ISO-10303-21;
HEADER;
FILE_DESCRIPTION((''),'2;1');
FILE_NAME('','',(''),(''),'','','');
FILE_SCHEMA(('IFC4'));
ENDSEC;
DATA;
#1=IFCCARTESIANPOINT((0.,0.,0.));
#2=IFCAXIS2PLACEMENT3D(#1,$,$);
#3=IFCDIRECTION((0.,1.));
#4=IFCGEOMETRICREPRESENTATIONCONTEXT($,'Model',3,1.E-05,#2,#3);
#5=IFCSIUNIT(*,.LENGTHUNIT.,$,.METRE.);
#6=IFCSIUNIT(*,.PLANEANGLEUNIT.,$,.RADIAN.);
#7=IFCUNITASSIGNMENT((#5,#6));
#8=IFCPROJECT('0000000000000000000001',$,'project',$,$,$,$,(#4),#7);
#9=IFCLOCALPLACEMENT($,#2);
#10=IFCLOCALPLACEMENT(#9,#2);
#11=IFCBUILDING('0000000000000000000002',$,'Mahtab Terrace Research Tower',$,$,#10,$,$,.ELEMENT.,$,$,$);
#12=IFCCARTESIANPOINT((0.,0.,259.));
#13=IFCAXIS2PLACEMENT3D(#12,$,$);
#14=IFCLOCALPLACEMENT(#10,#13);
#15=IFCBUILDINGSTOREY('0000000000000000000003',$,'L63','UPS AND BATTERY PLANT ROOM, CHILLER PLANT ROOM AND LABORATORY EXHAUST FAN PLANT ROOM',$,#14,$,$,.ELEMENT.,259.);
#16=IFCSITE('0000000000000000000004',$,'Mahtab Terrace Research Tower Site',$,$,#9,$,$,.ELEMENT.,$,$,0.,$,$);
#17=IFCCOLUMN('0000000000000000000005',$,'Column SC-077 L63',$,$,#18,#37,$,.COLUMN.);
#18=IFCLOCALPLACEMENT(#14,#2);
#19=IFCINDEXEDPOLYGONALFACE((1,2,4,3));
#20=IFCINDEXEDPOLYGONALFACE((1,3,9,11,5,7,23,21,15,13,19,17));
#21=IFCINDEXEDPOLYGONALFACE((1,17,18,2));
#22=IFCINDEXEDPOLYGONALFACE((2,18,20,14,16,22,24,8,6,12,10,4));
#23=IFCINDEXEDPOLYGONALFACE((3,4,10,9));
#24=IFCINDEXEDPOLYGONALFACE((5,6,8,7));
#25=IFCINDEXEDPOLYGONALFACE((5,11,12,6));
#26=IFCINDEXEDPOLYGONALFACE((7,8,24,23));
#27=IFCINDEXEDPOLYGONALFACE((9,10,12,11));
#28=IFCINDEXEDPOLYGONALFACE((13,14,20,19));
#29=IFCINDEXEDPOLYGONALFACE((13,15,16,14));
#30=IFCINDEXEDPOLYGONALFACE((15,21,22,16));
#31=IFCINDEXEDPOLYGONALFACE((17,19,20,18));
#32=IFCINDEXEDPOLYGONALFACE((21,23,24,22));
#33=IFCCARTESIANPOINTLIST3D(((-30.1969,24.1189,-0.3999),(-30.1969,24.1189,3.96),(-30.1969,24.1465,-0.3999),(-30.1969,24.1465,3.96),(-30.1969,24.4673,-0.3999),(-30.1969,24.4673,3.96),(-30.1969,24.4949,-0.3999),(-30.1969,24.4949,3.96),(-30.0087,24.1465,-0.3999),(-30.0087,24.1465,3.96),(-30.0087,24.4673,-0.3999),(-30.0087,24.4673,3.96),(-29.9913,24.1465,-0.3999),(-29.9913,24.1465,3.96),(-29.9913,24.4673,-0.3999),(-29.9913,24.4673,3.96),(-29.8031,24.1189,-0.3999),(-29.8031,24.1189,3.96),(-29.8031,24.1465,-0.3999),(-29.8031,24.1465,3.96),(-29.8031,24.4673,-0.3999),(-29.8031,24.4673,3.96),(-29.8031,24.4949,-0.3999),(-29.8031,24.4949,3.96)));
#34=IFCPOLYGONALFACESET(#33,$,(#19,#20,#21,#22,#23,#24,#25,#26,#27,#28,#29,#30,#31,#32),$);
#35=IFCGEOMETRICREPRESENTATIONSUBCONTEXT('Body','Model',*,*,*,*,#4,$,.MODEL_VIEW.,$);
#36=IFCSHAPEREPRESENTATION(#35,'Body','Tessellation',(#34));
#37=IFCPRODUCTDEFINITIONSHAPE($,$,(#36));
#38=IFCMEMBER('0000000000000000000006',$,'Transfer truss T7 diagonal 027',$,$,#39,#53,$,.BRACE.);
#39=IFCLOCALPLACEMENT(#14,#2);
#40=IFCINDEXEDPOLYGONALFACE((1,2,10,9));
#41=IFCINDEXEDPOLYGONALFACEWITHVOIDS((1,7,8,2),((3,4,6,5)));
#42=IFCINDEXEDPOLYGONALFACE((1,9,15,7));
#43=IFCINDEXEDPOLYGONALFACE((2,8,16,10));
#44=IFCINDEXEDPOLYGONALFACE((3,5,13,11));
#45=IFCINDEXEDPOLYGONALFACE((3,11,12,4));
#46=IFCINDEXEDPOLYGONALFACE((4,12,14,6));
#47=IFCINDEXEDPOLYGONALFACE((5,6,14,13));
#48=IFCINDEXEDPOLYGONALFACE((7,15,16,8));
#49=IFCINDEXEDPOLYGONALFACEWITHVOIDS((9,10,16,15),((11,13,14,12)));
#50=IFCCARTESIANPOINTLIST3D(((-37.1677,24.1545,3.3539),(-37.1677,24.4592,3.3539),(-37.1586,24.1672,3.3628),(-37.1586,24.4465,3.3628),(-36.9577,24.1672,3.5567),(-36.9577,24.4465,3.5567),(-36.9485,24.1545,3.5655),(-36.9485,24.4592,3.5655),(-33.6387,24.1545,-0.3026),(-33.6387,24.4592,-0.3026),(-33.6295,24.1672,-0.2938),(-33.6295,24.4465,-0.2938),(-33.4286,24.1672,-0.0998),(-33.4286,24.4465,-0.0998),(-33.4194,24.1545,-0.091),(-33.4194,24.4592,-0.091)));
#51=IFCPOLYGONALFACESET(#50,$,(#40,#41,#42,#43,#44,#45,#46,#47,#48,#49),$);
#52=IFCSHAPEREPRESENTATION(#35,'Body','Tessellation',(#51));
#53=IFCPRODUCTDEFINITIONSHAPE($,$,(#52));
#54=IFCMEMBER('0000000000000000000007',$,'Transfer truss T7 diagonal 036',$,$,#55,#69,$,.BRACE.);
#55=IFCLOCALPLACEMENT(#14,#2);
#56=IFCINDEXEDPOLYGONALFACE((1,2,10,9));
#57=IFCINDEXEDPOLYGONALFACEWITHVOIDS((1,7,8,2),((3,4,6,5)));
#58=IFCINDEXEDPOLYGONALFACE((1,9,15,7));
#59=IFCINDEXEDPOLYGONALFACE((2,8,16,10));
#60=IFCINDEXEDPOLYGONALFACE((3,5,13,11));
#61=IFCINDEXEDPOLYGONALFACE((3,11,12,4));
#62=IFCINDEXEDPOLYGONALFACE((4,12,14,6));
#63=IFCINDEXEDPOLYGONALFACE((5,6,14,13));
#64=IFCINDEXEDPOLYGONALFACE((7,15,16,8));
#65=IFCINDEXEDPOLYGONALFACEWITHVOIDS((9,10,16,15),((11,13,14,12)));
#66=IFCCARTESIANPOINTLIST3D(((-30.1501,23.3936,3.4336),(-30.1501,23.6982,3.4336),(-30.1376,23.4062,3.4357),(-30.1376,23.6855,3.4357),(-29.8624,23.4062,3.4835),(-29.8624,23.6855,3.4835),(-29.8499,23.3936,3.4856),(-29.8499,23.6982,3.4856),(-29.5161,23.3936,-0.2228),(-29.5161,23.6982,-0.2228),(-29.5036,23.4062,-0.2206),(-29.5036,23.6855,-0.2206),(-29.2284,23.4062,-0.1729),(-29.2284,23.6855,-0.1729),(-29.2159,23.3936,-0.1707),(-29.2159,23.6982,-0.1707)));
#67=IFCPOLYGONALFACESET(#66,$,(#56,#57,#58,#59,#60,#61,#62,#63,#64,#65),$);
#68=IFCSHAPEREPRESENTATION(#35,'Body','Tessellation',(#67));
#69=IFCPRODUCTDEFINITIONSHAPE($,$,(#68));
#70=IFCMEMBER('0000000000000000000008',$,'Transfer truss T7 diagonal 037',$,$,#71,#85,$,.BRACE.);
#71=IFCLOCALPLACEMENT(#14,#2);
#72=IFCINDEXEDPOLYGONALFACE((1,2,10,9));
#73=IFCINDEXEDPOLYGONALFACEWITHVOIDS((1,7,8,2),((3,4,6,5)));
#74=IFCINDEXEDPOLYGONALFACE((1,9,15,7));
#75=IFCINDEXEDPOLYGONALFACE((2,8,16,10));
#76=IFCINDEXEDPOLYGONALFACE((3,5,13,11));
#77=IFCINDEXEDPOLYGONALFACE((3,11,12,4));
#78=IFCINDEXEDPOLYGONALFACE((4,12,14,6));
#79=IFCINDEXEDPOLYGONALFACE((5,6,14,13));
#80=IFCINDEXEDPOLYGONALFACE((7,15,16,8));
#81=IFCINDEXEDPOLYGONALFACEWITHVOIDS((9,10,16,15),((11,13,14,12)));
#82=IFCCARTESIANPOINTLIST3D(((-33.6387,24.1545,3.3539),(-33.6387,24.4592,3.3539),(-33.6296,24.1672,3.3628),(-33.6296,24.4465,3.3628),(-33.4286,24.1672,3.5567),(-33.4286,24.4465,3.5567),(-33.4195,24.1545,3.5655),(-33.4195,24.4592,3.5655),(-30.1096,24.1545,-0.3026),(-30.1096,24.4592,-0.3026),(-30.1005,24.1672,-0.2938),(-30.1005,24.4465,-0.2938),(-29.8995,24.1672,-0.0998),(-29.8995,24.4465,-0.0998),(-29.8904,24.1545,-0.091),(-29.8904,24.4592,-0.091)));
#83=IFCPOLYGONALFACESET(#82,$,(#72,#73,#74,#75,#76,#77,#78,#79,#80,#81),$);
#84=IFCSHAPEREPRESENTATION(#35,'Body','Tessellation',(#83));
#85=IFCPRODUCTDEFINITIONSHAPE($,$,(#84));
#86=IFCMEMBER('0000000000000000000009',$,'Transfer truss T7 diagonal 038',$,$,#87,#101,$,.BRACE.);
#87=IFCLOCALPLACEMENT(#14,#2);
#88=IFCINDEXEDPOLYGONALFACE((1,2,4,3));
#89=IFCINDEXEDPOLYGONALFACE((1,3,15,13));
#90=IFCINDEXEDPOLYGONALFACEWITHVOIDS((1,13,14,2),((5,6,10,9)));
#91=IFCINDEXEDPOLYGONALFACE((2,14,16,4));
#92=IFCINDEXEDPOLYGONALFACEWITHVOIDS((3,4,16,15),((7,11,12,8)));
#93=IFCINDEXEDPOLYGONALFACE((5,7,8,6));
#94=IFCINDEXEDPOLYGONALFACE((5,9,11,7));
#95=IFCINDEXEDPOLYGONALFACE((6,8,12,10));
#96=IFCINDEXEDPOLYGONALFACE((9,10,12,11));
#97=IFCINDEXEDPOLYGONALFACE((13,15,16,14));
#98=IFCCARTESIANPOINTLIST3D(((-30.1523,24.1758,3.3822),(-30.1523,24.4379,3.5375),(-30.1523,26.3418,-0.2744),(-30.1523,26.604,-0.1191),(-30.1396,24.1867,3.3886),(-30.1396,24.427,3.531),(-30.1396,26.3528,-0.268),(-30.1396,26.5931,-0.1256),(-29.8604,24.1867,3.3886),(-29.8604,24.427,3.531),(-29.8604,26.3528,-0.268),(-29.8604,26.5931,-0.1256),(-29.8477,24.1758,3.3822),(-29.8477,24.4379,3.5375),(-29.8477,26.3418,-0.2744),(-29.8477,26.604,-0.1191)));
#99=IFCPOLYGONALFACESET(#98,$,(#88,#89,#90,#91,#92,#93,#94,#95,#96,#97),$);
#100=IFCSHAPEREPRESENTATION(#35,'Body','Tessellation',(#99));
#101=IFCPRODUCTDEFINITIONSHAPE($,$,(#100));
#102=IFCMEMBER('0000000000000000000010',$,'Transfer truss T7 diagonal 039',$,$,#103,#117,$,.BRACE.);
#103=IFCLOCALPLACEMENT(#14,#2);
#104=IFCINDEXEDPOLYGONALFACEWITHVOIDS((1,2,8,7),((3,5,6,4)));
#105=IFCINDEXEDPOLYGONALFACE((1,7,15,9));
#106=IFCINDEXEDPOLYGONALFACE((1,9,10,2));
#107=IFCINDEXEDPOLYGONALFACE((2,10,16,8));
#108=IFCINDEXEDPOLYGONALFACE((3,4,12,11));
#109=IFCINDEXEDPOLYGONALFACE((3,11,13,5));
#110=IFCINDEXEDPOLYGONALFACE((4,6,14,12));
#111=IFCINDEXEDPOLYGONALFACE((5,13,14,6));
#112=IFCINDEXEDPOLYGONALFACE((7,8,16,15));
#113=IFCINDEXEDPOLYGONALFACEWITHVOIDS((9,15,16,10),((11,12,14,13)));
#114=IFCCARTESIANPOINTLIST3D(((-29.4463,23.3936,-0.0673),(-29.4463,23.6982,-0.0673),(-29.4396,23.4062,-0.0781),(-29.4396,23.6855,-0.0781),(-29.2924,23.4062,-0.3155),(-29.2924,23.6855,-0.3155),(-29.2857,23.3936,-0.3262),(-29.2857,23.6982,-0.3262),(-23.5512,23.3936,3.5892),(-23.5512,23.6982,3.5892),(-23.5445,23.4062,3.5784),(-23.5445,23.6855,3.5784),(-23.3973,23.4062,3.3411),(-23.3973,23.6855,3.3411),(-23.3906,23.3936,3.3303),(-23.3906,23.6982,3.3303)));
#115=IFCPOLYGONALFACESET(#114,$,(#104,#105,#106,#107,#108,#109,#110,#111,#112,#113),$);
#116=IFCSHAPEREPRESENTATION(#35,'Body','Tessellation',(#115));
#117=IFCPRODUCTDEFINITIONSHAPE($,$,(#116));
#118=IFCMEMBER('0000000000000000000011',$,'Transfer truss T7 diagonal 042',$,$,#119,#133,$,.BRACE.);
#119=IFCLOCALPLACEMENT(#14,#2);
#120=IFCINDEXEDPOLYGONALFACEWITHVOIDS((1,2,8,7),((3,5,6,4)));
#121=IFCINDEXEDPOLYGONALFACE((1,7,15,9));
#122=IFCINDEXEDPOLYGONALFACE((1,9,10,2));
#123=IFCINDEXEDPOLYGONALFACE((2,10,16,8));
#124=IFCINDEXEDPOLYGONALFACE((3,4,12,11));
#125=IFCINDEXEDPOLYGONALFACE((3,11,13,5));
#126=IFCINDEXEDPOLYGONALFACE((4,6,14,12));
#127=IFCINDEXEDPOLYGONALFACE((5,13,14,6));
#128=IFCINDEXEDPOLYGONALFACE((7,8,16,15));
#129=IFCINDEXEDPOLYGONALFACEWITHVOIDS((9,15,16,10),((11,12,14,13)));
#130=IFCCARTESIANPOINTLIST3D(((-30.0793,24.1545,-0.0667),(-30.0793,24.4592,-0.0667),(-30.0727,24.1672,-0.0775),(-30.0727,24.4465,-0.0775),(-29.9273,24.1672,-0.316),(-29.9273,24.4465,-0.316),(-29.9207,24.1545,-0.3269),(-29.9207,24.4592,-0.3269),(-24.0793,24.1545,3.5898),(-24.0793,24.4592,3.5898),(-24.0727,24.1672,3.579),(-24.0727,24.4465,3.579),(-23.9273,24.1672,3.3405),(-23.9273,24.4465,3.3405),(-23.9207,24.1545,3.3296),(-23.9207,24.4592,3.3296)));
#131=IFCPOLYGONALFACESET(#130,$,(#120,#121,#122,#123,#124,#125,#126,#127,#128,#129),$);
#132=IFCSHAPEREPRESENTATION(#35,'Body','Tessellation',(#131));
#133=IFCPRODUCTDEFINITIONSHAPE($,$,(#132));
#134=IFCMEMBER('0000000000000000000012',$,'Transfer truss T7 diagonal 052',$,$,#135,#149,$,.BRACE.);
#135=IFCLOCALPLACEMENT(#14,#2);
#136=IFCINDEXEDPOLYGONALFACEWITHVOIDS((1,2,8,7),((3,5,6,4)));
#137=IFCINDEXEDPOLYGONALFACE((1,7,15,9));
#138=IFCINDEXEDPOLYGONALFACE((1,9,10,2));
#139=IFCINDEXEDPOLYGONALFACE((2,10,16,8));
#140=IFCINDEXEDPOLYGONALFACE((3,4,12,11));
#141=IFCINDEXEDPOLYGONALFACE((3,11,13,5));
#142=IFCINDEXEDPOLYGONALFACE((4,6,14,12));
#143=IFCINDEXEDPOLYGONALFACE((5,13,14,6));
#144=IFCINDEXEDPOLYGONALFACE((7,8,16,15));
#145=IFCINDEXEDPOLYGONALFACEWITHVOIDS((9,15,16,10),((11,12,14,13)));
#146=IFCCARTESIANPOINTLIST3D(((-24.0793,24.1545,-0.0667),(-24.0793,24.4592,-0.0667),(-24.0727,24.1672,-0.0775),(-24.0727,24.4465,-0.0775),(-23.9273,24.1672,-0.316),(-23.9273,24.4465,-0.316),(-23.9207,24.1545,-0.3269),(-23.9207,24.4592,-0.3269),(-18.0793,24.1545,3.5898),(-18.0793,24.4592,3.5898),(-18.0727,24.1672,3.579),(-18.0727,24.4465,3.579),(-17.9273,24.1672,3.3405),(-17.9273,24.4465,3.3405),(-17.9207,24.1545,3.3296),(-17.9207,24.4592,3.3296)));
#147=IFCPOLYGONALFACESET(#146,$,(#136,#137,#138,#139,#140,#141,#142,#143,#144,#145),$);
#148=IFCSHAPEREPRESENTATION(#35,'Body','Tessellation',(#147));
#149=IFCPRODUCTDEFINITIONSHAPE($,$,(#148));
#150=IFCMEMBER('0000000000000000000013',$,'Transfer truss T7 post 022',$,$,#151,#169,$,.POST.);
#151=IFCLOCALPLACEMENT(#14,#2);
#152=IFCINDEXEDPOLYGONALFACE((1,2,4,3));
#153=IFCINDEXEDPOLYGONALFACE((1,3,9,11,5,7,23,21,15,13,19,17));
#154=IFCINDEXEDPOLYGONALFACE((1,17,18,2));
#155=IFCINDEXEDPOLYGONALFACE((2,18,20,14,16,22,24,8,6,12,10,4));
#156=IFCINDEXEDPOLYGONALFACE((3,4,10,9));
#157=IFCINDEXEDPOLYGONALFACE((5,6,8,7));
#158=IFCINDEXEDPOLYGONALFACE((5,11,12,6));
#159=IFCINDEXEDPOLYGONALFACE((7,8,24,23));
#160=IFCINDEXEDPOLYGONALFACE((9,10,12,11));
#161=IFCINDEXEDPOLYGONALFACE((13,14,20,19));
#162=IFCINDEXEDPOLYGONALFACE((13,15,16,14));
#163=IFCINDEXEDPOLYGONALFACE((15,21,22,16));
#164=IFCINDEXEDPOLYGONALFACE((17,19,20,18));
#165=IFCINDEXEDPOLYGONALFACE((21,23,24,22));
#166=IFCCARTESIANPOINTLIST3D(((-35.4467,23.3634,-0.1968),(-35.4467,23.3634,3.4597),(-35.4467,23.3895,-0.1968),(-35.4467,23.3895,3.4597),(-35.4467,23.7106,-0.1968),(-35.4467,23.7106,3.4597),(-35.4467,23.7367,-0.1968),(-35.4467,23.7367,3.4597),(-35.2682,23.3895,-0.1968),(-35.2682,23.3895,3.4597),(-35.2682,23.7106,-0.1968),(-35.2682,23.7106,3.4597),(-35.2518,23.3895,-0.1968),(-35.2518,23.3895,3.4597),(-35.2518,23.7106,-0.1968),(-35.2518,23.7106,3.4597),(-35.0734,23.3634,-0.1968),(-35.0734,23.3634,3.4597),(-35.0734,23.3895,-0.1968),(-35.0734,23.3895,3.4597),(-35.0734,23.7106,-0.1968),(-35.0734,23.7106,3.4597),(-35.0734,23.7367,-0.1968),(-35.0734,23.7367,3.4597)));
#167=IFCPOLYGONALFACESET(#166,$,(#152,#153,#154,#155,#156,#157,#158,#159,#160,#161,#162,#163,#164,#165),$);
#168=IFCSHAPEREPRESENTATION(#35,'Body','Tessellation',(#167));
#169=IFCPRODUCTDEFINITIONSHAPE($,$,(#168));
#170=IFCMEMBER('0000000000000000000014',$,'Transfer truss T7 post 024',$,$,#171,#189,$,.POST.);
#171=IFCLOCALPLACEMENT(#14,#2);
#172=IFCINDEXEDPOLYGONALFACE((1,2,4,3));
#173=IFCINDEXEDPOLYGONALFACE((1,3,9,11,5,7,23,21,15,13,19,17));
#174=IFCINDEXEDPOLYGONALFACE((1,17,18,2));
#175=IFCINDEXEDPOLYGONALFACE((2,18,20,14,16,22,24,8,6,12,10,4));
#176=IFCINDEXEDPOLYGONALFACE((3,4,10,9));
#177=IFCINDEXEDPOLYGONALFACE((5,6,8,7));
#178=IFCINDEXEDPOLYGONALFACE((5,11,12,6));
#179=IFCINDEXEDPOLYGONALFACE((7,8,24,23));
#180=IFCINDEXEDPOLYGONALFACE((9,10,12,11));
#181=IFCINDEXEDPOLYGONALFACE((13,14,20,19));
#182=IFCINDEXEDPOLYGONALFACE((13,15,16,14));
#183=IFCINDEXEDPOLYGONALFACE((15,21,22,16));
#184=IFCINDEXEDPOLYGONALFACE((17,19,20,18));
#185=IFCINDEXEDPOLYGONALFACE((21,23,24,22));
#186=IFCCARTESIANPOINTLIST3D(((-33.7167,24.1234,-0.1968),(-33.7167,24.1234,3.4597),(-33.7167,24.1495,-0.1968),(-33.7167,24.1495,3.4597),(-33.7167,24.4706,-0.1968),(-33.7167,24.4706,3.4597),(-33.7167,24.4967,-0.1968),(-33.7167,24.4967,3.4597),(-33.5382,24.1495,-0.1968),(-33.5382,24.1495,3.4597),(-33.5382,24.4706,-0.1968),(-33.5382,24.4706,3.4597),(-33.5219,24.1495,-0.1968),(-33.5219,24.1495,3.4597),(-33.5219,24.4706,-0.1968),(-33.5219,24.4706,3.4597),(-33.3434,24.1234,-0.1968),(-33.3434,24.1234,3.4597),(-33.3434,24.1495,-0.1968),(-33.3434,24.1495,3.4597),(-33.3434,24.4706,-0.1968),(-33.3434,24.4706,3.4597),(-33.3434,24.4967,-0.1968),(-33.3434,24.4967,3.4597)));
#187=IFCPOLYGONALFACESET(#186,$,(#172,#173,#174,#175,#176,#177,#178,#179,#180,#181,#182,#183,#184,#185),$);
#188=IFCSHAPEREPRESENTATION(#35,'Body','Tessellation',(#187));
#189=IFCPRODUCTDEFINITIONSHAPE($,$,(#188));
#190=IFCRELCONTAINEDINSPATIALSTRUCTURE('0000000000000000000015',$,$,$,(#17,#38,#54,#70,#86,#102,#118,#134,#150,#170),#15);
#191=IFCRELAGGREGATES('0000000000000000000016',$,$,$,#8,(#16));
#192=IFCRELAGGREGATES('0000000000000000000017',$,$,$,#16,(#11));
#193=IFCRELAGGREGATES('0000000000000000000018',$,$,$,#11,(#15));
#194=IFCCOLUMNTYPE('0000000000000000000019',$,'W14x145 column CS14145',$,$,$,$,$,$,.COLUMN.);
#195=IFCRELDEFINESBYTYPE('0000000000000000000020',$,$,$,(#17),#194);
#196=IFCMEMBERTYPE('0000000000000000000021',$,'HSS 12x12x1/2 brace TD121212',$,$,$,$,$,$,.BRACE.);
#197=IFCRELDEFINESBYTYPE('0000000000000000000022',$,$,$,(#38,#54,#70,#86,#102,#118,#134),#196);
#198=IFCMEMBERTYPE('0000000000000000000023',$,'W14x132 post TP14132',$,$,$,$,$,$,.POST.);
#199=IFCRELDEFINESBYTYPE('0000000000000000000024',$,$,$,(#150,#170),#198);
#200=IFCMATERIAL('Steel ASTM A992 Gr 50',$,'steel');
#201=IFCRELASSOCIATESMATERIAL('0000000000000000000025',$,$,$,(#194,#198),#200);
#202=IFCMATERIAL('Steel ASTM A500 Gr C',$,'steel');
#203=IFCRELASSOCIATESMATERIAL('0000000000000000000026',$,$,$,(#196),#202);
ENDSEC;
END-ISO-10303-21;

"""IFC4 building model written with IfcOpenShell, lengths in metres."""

from ifc_helpers import new_model, si_unit, direction, frame, origin, origin_2d, place, context, subcontext, project, spatial, hollow_rectangle, i_section, extrude, material, material_profile, profile_set, type_object, element, save


model = new_model("IFC4")

# Units and contexts
model_context = context("Model", 3, precision=1e-05, world=origin(), true_north=direction((0.0, 1.0)))
body_context = subcontext(model_context, "Body", "Model", "MODEL_VIEW")
ifc_project = project(units=[si_unit("LENGTHUNIT", "METRE"), si_unit("PLANEANGLEUNIT", "RADIAN")], contexts=[model_context])

# Site, building, storey
site_placement = place(None, origin())
site = spatial("IfcSite", under=ifc_project, at=site_placement, Name="Mahtab Terrace Research Tower Site", CompositionType="ELEMENT", RefElevation=0.0)
building_placement = place(site_placement, origin())
building = spatial("IfcBuilding", under=site, at=building_placement, Name="Mahtab Terrace Research Tower", CompositionType="ELEMENT")
storey_placement = place(building_placement, frame((0.0, 0.0, 259.0)))
storey = spatial("IfcBuildingStorey", under=building, at=storey_placement, Name="L63", Description="UPS AND BATTERY PLANT ROOM, CHILLER PLANT ROOM AND LABORATORY EXHAUST FAN PLANT ROOM", CompositionType="ELEMENT", Elevation=259.0)

# Column
ifc_material_1 = material(Name="Steel ASTM A992 Gr 50", Category="steel")
ifc_material_profile_1 = material_profile(ifc_material_1, i_section(OverallWidth=0.3938, OverallDepth=0.376, WebThickness=0.0173, FlangeThickness=0.0276, at=origin_2d()), Name="W14X145")
ifc_profile_set_1 = profile_set([ifc_material_profile_1], Name="Steel ASTM A992 Gr 50")
column_type = type_object("IfcColumnType", Name="W14x145 column CS14145", PredefinedType="COLUMN", material=ifc_profile_set_1)
column_placement = place(storey_placement, frame((-30.0, 24.3069, -0.3999), z_axis=(0.0, 0.0, 1.0), x_axis=(1.0, 0.0, 0.0)))
element("IfcColumn", 1, at=column_placement, inside=storey, type_object=column_type, Name="Column SC-077 L63", PredefinedType="COLUMN", context=body_context, shape_type="SweptSolid", body=[
    extrude(i_section(OverallWidth=0.3938, OverallDepth=0.376, WebThickness=0.0173, FlangeThickness=0.0276, at=origin_2d()), origin(), (0.0, 0.0, 1.0), 4.3599),
])

# Members
ifc_material_2 = material(Name="Steel ASTM A500 Gr C", Category="steel")
ifc_material_profile_2 = material_profile(ifc_material_2, hollow_rectangle(XDim=0.3047, YDim=0.3047, WallThickness=0.0127, at=origin_2d()), Name="HSS12X12X1/2")
ifc_profile_set_2 = profile_set([ifc_material_profile_2], Name="Steel ASTM A500 Gr C")
member_type_1 = type_object("IfcMemberType", Name="HSS 12x12x1/2 brace TD121212", PredefinedType="BRACE", material=ifc_profile_set_2)
member_1_placement = place(storey_placement, frame((-33.5291, 24.3069, -0.1968), z_axis=(-0.694456, 0.0, 0.719535), x_axis=(0.0, -1.0, 0.0)))
element("IfcMember", 2, at=member_1_placement, inside=storey, type_object=member_type_1, Name="Transfer truss T7 diagonal 027", PredefinedType="BRACE", context=body_context, shape_type="SweptSolid", body=[
    extrude(hollow_rectangle(XDim=0.3047, YDim=0.3047, WallThickness=0.0127, at=origin_2d()), origin(), (0.0, 0.0, 1.0), 5.0818),
])
member_2_placement = place(storey_placement, frame((-29.366, 23.5459, -0.1968), z_axis=(-0.17085, 0.0, 0.985297), x_axis=(0.0, -1.0, 0.0)))
element("IfcMember", 3, at=member_2_placement, inside=storey, type_object=member_type_1, Name="Transfer truss T7 diagonal 036", PredefinedType="BRACE", context=body_context, shape_type="SweptSolid", body=[
    extrude(hollow_rectangle(XDim=0.3047, YDim=0.3047, WallThickness=0.0127, at=origin_2d()), origin(), (0.0, 0.0, 1.0), 3.7109),
])
member_3_placement = place(storey_placement, frame((-30.0, 24.3069, -0.1968), z_axis=(-0.694456, 0.0, 0.719535), x_axis=(0.0, -1.0, 0.0)))
element("IfcMember", 4, at=member_3_placement, inside=storey, type_object=member_type_1, Name="Transfer truss T7 diagonal 037", PredefinedType="BRACE", context=body_context, shape_type="SweptSolid", body=[
    extrude(hollow_rectangle(XDim=0.3047, YDim=0.3047, WallThickness=0.0127, at=origin_2d()), origin(), (0.0, 0.0, 1.0), 5.0818),
])
member_4_placement = place(storey_placement, frame((-30.0, 26.4729, -0.1968), z_axis=(0.0, -0.509664, 0.860374), x_axis=(1.0, 0.0, 0.0)))
element("IfcMember", 5, at=member_4_placement, inside=storey, type_object=member_type_1, Name="Transfer truss T7 diagonal 038", PredefinedType="BRACE", context=body_context, shape_type="SweptSolid", body=[
    extrude(hollow_rectangle(XDim=0.3047, YDim=0.3047, WallThickness=0.0127, at=origin_2d()), origin(), (0.0, 0.0, 1.0), 4.25),
])
member_5_placement = place(storey_placement, frame((-29.366, 23.5459, -0.1968), z_axis=(0.849801, 0.0, 0.527104), x_axis=(0.0, 1.0, 0.0)))
element("IfcMember", 6, at=member_5_placement, inside=storey, type_object=member_type_1, Name="Transfer truss T7 diagonal 039", PredefinedType="BRACE", context=body_context, shape_type="SweptSolid", body=[
    extrude(hollow_rectangle(XDim=0.3047, YDim=0.3047, WallThickness=0.0127, at=origin_2d()), origin(), (0.0, 0.0, 1.0), 6.937),
])
for number, where, z_axis, x_axis, name in (
    (7, (-30.0, 24.3069, -0.1968), (0.853925, 0.0, 0.520396), (0.0, 1.0, 0.0), "Transfer truss T7 diagonal 042"),
    (8, (-24.0, 24.3069, -0.1968), (0.853925, 0.0, 0.520396), (0.0, 1.0, 0.0), "Transfer truss T7 diagonal 052"),
):
    element("IfcMember", number, at=place(storey_placement, frame(where, z_axis=z_axis, x_axis=x_axis)), inside=storey, type_object=member_type_1, Name=name, PredefinedType="BRACE", context=body_context, shape_type="SweptSolid", body=[
        extrude(hollow_rectangle(XDim=0.3047, YDim=0.3047, WallThickness=0.0127, at=origin_2d()), origin(), (0.0, 0.0, 1.0), 7.0264),
    ])
ifc_material_profile_3 = material_profile(ifc_material_1, i_section(OverallWidth=0.3733, OverallDepth=0.3733, WebThickness=0.0164, FlangeThickness=0.0261, at=origin_2d()), Name="W14X132")
ifc_profile_set_3 = profile_set([ifc_material_profile_3], Name="Steel ASTM A992 Gr 50")
member_type_2 = type_object("IfcMemberType", Name="W14x132 post TP14132", PredefinedType="POST", material=ifc_profile_set_3)
for number, where, z_axis, x_axis, name in (
    (9, (-35.26, 23.55, -0.1968), (0.0, 0.0, 1.0), (1.0, 0.0, 0.0), "Transfer truss T7 post 022"),
    (10, (-33.53, 24.3101, -0.1968), (0.0, 0.0, 1.0), (1.0, 0.0, 0.0), "Transfer truss T7 post 024"),
):
    element("IfcMember", number, at=place(storey_placement, frame(where, z_axis=z_axis, x_axis=x_axis)), inside=storey, type_object=member_type_2, Name=name, PredefinedType="POST", context=body_context, shape_type="SweptSolid", body=[
        extrude(i_section(OverallWidth=0.3733, OverallDepth=0.3733, WebThickness=0.0164, FlangeThickness=0.0261, at=origin_2d()), origin(), (0.0, 0.0, 1.0), 3.6565),
    ])

save(model, "model.ifc")
